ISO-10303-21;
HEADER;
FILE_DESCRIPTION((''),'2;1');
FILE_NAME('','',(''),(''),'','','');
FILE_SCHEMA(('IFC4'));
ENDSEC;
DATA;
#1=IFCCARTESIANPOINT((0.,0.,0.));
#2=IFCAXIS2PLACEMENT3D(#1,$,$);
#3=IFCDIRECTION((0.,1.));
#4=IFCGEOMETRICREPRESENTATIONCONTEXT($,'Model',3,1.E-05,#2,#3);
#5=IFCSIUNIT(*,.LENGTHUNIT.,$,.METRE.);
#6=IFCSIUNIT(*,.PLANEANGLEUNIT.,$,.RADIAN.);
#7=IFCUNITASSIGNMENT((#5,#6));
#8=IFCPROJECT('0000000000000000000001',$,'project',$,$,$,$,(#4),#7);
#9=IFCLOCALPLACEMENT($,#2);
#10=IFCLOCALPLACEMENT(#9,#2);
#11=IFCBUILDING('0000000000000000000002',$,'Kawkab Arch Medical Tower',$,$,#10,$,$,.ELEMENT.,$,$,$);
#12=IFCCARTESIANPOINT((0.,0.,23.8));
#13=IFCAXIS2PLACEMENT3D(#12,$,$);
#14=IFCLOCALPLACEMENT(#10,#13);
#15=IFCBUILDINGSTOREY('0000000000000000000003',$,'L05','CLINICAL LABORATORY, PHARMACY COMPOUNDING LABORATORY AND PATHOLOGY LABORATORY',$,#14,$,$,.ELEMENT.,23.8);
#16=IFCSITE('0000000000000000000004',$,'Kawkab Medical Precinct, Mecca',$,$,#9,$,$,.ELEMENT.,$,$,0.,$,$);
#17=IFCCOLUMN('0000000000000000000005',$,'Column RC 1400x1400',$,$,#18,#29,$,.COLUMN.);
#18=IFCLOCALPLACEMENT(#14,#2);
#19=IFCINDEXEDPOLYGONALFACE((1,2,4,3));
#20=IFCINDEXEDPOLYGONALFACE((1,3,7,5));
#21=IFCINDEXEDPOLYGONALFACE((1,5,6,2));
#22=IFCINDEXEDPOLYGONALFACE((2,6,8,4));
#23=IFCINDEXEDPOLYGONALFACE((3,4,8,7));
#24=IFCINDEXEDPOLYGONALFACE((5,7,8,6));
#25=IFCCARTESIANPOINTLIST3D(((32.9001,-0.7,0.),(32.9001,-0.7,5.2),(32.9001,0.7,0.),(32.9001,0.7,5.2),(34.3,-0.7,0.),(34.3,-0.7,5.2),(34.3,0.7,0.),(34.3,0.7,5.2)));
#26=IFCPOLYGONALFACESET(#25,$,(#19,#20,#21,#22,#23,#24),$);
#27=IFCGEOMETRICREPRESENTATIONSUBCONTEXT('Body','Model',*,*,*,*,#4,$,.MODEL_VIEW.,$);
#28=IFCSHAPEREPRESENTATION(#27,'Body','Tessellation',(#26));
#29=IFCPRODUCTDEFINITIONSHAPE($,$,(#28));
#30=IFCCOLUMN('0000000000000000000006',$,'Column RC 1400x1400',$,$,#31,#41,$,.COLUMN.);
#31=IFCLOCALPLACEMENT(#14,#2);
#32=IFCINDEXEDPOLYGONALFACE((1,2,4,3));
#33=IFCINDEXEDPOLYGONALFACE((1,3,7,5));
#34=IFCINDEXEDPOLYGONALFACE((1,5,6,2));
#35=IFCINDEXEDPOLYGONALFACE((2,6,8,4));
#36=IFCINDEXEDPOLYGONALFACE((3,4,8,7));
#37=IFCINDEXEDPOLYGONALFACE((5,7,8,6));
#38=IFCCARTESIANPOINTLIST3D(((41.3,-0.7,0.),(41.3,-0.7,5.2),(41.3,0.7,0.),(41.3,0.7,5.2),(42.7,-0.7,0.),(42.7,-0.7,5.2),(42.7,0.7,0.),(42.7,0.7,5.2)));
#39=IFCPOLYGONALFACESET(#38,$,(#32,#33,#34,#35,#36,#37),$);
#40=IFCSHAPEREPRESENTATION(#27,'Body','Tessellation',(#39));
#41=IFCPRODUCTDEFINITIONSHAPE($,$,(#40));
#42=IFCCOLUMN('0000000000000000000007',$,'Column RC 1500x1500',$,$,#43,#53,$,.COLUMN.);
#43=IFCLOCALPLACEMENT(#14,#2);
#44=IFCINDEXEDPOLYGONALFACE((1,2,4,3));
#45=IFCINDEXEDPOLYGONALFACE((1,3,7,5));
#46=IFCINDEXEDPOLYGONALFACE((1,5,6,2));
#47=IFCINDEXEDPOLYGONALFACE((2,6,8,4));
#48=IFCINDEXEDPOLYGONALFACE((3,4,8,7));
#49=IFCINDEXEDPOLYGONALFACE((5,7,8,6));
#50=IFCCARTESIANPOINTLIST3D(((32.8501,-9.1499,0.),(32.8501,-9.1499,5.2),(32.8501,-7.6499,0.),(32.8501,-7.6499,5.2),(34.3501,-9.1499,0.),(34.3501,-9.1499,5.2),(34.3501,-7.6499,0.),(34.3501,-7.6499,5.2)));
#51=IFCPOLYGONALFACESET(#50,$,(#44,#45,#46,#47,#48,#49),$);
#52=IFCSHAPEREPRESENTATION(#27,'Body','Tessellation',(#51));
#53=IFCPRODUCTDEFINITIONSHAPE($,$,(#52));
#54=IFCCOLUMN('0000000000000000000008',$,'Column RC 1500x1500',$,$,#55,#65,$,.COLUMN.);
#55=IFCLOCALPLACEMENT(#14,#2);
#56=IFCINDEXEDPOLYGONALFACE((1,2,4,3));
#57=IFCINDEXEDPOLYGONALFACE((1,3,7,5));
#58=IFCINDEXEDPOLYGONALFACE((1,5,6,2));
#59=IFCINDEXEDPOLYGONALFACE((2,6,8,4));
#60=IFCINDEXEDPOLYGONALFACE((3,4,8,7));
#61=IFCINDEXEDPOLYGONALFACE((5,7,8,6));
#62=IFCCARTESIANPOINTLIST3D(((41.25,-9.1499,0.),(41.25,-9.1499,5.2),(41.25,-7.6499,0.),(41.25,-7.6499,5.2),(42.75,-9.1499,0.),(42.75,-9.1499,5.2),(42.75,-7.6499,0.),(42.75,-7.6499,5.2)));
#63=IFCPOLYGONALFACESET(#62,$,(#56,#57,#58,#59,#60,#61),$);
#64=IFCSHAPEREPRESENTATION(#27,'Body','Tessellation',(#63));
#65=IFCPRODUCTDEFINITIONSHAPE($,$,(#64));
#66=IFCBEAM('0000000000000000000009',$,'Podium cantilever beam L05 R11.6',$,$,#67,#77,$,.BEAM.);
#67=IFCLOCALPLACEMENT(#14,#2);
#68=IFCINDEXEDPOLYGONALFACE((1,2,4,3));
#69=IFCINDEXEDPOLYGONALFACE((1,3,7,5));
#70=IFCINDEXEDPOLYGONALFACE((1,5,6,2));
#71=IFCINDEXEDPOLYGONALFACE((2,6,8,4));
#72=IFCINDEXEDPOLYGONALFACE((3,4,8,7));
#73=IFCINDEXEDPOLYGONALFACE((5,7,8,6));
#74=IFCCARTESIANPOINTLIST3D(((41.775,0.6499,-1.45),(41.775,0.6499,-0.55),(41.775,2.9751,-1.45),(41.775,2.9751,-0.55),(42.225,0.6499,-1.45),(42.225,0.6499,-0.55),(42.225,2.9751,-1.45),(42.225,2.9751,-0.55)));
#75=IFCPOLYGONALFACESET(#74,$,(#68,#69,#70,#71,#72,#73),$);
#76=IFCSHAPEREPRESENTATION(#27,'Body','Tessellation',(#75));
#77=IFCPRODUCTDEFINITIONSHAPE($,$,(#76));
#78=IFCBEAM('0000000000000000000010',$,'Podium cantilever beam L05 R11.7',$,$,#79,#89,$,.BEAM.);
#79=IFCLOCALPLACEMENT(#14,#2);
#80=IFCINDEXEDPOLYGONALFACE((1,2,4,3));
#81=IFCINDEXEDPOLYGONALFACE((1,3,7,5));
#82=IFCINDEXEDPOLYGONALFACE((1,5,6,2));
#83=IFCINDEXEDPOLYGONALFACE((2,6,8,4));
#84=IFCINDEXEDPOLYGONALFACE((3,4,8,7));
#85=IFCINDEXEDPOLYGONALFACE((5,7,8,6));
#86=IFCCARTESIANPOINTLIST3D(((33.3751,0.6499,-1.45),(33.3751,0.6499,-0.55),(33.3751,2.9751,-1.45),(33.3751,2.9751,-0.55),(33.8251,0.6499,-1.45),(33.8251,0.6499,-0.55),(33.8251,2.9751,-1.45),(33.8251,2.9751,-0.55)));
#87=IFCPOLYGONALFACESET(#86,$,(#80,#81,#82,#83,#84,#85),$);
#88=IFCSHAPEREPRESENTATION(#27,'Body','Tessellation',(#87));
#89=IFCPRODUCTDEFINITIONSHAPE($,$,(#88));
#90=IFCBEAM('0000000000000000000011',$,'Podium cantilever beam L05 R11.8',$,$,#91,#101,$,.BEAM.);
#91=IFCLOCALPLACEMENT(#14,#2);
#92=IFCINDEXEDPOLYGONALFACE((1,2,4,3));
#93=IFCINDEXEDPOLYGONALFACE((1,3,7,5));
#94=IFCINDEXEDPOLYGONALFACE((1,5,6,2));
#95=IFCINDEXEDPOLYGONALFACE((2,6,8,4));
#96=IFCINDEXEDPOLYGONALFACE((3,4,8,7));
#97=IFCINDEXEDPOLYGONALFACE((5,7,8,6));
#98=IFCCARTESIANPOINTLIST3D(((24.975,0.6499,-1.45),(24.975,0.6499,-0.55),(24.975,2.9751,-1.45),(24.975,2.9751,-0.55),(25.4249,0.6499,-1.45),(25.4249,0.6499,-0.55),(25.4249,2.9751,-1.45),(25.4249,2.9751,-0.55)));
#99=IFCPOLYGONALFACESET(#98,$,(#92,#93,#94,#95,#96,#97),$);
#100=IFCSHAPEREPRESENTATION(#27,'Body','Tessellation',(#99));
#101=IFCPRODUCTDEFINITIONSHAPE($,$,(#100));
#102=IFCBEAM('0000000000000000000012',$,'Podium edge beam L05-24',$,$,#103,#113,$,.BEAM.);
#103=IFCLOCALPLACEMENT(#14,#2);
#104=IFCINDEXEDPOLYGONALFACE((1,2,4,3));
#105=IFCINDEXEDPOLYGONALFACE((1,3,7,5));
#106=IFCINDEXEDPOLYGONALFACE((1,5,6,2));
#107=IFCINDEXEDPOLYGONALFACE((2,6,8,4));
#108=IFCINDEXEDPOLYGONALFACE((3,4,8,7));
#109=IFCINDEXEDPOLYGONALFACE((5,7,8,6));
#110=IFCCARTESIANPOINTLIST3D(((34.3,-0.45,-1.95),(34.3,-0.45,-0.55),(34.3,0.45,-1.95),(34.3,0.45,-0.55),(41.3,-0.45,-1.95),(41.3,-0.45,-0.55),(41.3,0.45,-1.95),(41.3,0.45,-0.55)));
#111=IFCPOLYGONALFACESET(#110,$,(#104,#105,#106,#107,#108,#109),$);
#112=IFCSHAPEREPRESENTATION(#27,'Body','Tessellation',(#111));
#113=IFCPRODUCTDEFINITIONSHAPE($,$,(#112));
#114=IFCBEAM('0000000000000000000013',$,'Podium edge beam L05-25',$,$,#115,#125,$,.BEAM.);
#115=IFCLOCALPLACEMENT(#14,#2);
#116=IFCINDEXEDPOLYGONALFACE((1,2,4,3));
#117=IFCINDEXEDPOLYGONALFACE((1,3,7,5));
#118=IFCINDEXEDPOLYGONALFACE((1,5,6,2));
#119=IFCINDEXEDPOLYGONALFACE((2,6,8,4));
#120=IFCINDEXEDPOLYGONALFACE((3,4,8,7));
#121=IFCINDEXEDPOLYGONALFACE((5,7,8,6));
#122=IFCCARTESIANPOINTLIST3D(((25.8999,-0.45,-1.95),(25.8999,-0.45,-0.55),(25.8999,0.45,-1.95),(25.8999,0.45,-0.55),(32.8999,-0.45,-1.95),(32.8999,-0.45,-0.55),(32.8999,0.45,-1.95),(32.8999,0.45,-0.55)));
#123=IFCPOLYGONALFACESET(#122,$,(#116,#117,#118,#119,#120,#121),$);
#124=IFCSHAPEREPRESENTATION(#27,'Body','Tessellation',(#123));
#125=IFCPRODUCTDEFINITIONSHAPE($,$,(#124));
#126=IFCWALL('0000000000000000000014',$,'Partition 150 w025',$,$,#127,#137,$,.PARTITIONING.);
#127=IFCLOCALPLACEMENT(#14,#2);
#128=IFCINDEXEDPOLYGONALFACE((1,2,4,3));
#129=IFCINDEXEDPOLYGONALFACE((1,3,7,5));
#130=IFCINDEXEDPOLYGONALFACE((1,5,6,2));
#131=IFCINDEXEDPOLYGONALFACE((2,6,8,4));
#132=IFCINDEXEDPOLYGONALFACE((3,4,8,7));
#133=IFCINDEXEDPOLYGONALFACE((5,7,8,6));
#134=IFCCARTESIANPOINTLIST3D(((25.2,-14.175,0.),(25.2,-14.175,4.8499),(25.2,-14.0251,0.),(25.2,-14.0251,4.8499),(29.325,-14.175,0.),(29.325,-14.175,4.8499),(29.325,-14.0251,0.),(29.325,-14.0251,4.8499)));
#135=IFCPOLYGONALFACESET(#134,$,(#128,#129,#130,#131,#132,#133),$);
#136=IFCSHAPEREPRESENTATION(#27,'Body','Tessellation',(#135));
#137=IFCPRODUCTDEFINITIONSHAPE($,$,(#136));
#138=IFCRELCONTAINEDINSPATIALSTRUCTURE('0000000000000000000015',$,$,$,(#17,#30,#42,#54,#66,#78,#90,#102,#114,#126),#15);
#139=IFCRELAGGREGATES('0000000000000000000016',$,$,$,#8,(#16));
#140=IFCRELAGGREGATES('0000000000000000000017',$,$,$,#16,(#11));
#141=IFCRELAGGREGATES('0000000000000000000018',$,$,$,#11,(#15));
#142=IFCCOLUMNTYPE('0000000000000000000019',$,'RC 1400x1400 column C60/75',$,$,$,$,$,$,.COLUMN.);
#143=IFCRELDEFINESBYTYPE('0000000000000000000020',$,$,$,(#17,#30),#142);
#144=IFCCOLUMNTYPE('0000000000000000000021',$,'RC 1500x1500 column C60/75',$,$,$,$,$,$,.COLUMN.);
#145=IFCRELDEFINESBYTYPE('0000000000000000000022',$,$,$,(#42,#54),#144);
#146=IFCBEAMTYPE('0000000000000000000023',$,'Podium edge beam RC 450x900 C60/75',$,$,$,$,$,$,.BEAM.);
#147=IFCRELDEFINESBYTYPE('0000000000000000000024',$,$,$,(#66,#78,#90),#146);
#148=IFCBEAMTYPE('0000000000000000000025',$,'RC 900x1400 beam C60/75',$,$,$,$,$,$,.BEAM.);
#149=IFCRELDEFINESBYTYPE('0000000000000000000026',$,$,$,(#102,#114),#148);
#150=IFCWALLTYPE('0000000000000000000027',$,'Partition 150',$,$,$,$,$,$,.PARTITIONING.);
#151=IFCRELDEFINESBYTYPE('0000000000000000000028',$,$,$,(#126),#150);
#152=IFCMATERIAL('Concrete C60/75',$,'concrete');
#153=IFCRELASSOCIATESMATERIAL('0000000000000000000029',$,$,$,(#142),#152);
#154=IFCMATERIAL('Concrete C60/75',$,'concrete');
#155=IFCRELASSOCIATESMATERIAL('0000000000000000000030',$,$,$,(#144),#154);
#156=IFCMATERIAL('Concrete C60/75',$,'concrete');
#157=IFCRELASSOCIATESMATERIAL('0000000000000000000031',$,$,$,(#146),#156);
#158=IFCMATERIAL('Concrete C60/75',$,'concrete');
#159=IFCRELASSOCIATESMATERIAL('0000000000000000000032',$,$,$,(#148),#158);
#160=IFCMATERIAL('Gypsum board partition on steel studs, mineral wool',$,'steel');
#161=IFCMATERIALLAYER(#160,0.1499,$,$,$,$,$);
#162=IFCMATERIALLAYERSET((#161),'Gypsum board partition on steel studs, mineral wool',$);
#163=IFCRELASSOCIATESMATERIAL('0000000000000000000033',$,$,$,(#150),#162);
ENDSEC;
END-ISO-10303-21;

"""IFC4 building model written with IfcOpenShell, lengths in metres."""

from ifc_helpers import new_model, si_unit, direction, frame, frame_2d, origin, origin_2d, place, context, subcontext, project, spatial, rectangle, extrude, material, layer, layer_set, material_profile, profile_set, type_object, element, save


model = new_model("IFC4")

# Units and contexts
model_context = context("Model", 3, precision=1e-05, world=origin(), true_north=direction((0.0, 1.0)))
body_context = subcontext(model_context, "Body", "Model", "MODEL_VIEW")
ifc_project = project(units=[si_unit("LENGTHUNIT", "METRE"), si_unit("PLANEANGLEUNIT", "RADIAN")], contexts=[model_context])

# Site, building, storey
site_placement = place(None, origin())
site = spatial("IfcSite", under=ifc_project, at=site_placement, Name="Kawkab Medical Precinct, Mecca", CompositionType="ELEMENT", RefElevation=0.0)
building_placement = place(site_placement, origin())
building = spatial("IfcBuilding", under=site, at=building_placement, Name="Kawkab Arch Medical Tower", CompositionType="ELEMENT")
storey_placement = place(building_placement, frame((0.0, 0.0, 23.8)))
storey = spatial("IfcBuildingStorey", under=building, at=storey_placement, Name="L05", Description="CLINICAL LABORATORY, PHARMACY COMPOUNDING LABORATORY AND PATHOLOGY LABORATORY", CompositionType="ELEMENT", Elevation=23.8)

# Columns
ifc_material_1 = material(Name="Concrete C60/75", Category="concrete")
ifc_material_profile_1 = material_profile(ifc_material_1, rectangle(XDim=1.3999, YDim=1.3999, at=origin_2d()), Name="RC 1400x1400")
ifc_profile_set_1 = profile_set([ifc_material_profile_1], Name="Concrete C60/75")
column_type_1 = type_object("IfcColumnType", Name="RC 1400x1400 column C60/75", PredefinedType="COLUMN", material=ifc_profile_set_1)
for number, where, z_axis, x_axis, name in (
    (1, (33.6001, 0.0, 0.0), (0.0, 0.0, 1.0), (1.0, 0.0, 0.0), "Column RC 1400x1400"),
    (2, (42.0, 0.0, 0.0), (0.0, 0.0, 1.0), (1.0, 0.0, 0.0), "Column RC 1400x1400"),
):
    element("IfcColumn", number, at=place(storey_placement, frame(where, z_axis=z_axis, x_axis=x_axis)), inside=storey, type_object=column_type_1, Name=name, PredefinedType="COLUMN", context=body_context, shape_type="SweptSolid", body=[
        extrude(rectangle(XDim=1.3999, YDim=1.3999, at=origin_2d()), origin(), (0.0, 0.0, 1.0), 5.2),
    ])
ifc_material_2 = material(Name="Concrete C60/75", Category="concrete")
ifc_material_profile_2 = material_profile(ifc_material_2, rectangle(XDim=1.5, YDim=1.5, at=origin_2d()), Name="RC 1500x1500")
ifc_profile_set_2 = profile_set([ifc_material_profile_2], Name="Concrete C60/75")
column_type_2 = type_object("IfcColumnType", Name="RC 1500x1500 column C60/75", PredefinedType="COLUMN", material=ifc_profile_set_2)
for number, where, z_axis, x_axis, name in (
    (3, (33.6001, -8.3999, 0.0), (0.0, 0.0, 1.0), (1.0, 0.0, 0.0), "Column RC 1500x1500"),
    (4, (42.0, -8.3999, 0.0), (0.0, 0.0, 1.0), (1.0, 0.0, 0.0), "Column RC 1500x1500"),
):
    element("IfcColumn", number, at=place(storey_placement, frame(where, z_axis=z_axis, x_axis=x_axis)), inside=storey, type_object=column_type_2, Name=name, PredefinedType="COLUMN", context=body_context, shape_type="SweptSolid", body=[
        extrude(rectangle(XDim=1.5, YDim=1.5, at=origin_2d()), origin(), (0.0, 0.0, 1.0), 5.2),
    ])

# Beams
ifc_material_3 = material(Name="Concrete C60/75", Category="concrete")
ifc_material_profile_3 = material_profile(ifc_material_3, rectangle(XDim=0.45, YDim=0.8999, at=origin_2d()), Name="RC 450x900")
ifc_profile_set_3 = profile_set([ifc_material_profile_3], Name="Concrete C60/75")
beam_type_1 = type_object("IfcBeamType", Name="Podium edge beam RC 450x900 C60/75", PredefinedType="BEAM", material=ifc_profile_set_3)
for number, where, z_axis, x_axis, name in (
    (5, (42.0, 0.6499, -1.0), (0.0, 1.0, 0.0), (-1.0, 0.0, 0.0), "Podium cantilever beam L05 R11.6"),
    (6, (33.6001, 0.6499, -1.0), (0.0, 1.0, 0.0), (-1.0, 0.0, 0.0), "Podium cantilever beam L05 R11.7"),
    (7, (25.2, 0.6499, -1.0), (0.0, 1.0, 0.0), (-1.0, 0.0, 0.0), "Podium cantilever beam L05 R11.8"),
):
    element("IfcBeam", number, at=place(storey_placement, frame(where, z_axis=z_axis, x_axis=x_axis)), inside=storey, type_object=beam_type_1, Name=name, PredefinedType="BEAM", context=body_context, shape_type="SweptSolid", body=[
        extrude(rectangle(XDim=0.45, YDim=0.8999, at=origin_2d()), origin(), (0.0, 0.0, 1.0), 2.3252),
    ])
ifc_material_4 = material(Name="Concrete C60/75", Category="concrete")
ifc_material_profile_4 = material_profile(ifc_material_4, rectangle(XDim=0.8999, YDim=1.3999, at=origin_2d()), Name="RC 900x1400")
ifc_profile_set_4 = profile_set([ifc_material_profile_4], Name="Concrete C60/75")
beam_type_2 = type_object("IfcBeamType", Name="RC 900x1400 beam C60/75", PredefinedType="BEAM", material=ifc_profile_set_4)
for number, where, z_axis, x_axis, name in (
    (8, (41.3, 0.0, -1.25), (-1.0, 0.0, 0.0), (0.0, -1.0, 0.0), "Podium edge beam L05-24"),
    (9, (32.8999, 0.0, -1.25), (-1.0, 0.0, 0.0), (0.0, -1.0, 0.0), "Podium edge beam L05-25"),
):
    element("IfcBeam", number, at=place(storey_placement, frame(where, z_axis=z_axis, x_axis=x_axis)), inside=storey, type_object=beam_type_2, Name=name, PredefinedType="BEAM", context=body_context, shape_type="SweptSolid", body=[
        extrude(rectangle(XDim=0.8999, YDim=1.3999, at=origin_2d()), origin(), (0.0, 0.0, 1.0), 7.0),
    ])

# Wall
ifc_material_5 = material(Name="Gypsum board partition on steel studs, mineral wool", Category="steel")
ifc_layer = layer(ifc_material_5, 0.1499)
ifc_layer_set = layer_set([ifc_layer], Name="Gypsum board partition on steel studs, mineral wool")
wall_type = type_object("IfcWallType", Name="Partition 150", PredefinedType="PARTITIONING", material=ifc_layer_set)
wall_1_placement = place(storey_placement, frame((25.2, -14.1001, 0.0), z_axis=(0.0, 0.0, 1.0), x_axis=(1.0, 0.0, 0.0)))
element("IfcWall", 10, at=wall_1_placement, inside=storey, type_object=wall_type, Name="Partition 150 w025", PredefinedType="PARTITIONING", context=body_context, shape_type="SweptSolid", body=[
    extrude(rectangle(XDim=4.125, YDim=0.1499, at=frame_2d((2.0625, 0.0))), origin(), (0.0, 0.0, 1.0), 4.8499),
])

save(model, "model.ifc")
